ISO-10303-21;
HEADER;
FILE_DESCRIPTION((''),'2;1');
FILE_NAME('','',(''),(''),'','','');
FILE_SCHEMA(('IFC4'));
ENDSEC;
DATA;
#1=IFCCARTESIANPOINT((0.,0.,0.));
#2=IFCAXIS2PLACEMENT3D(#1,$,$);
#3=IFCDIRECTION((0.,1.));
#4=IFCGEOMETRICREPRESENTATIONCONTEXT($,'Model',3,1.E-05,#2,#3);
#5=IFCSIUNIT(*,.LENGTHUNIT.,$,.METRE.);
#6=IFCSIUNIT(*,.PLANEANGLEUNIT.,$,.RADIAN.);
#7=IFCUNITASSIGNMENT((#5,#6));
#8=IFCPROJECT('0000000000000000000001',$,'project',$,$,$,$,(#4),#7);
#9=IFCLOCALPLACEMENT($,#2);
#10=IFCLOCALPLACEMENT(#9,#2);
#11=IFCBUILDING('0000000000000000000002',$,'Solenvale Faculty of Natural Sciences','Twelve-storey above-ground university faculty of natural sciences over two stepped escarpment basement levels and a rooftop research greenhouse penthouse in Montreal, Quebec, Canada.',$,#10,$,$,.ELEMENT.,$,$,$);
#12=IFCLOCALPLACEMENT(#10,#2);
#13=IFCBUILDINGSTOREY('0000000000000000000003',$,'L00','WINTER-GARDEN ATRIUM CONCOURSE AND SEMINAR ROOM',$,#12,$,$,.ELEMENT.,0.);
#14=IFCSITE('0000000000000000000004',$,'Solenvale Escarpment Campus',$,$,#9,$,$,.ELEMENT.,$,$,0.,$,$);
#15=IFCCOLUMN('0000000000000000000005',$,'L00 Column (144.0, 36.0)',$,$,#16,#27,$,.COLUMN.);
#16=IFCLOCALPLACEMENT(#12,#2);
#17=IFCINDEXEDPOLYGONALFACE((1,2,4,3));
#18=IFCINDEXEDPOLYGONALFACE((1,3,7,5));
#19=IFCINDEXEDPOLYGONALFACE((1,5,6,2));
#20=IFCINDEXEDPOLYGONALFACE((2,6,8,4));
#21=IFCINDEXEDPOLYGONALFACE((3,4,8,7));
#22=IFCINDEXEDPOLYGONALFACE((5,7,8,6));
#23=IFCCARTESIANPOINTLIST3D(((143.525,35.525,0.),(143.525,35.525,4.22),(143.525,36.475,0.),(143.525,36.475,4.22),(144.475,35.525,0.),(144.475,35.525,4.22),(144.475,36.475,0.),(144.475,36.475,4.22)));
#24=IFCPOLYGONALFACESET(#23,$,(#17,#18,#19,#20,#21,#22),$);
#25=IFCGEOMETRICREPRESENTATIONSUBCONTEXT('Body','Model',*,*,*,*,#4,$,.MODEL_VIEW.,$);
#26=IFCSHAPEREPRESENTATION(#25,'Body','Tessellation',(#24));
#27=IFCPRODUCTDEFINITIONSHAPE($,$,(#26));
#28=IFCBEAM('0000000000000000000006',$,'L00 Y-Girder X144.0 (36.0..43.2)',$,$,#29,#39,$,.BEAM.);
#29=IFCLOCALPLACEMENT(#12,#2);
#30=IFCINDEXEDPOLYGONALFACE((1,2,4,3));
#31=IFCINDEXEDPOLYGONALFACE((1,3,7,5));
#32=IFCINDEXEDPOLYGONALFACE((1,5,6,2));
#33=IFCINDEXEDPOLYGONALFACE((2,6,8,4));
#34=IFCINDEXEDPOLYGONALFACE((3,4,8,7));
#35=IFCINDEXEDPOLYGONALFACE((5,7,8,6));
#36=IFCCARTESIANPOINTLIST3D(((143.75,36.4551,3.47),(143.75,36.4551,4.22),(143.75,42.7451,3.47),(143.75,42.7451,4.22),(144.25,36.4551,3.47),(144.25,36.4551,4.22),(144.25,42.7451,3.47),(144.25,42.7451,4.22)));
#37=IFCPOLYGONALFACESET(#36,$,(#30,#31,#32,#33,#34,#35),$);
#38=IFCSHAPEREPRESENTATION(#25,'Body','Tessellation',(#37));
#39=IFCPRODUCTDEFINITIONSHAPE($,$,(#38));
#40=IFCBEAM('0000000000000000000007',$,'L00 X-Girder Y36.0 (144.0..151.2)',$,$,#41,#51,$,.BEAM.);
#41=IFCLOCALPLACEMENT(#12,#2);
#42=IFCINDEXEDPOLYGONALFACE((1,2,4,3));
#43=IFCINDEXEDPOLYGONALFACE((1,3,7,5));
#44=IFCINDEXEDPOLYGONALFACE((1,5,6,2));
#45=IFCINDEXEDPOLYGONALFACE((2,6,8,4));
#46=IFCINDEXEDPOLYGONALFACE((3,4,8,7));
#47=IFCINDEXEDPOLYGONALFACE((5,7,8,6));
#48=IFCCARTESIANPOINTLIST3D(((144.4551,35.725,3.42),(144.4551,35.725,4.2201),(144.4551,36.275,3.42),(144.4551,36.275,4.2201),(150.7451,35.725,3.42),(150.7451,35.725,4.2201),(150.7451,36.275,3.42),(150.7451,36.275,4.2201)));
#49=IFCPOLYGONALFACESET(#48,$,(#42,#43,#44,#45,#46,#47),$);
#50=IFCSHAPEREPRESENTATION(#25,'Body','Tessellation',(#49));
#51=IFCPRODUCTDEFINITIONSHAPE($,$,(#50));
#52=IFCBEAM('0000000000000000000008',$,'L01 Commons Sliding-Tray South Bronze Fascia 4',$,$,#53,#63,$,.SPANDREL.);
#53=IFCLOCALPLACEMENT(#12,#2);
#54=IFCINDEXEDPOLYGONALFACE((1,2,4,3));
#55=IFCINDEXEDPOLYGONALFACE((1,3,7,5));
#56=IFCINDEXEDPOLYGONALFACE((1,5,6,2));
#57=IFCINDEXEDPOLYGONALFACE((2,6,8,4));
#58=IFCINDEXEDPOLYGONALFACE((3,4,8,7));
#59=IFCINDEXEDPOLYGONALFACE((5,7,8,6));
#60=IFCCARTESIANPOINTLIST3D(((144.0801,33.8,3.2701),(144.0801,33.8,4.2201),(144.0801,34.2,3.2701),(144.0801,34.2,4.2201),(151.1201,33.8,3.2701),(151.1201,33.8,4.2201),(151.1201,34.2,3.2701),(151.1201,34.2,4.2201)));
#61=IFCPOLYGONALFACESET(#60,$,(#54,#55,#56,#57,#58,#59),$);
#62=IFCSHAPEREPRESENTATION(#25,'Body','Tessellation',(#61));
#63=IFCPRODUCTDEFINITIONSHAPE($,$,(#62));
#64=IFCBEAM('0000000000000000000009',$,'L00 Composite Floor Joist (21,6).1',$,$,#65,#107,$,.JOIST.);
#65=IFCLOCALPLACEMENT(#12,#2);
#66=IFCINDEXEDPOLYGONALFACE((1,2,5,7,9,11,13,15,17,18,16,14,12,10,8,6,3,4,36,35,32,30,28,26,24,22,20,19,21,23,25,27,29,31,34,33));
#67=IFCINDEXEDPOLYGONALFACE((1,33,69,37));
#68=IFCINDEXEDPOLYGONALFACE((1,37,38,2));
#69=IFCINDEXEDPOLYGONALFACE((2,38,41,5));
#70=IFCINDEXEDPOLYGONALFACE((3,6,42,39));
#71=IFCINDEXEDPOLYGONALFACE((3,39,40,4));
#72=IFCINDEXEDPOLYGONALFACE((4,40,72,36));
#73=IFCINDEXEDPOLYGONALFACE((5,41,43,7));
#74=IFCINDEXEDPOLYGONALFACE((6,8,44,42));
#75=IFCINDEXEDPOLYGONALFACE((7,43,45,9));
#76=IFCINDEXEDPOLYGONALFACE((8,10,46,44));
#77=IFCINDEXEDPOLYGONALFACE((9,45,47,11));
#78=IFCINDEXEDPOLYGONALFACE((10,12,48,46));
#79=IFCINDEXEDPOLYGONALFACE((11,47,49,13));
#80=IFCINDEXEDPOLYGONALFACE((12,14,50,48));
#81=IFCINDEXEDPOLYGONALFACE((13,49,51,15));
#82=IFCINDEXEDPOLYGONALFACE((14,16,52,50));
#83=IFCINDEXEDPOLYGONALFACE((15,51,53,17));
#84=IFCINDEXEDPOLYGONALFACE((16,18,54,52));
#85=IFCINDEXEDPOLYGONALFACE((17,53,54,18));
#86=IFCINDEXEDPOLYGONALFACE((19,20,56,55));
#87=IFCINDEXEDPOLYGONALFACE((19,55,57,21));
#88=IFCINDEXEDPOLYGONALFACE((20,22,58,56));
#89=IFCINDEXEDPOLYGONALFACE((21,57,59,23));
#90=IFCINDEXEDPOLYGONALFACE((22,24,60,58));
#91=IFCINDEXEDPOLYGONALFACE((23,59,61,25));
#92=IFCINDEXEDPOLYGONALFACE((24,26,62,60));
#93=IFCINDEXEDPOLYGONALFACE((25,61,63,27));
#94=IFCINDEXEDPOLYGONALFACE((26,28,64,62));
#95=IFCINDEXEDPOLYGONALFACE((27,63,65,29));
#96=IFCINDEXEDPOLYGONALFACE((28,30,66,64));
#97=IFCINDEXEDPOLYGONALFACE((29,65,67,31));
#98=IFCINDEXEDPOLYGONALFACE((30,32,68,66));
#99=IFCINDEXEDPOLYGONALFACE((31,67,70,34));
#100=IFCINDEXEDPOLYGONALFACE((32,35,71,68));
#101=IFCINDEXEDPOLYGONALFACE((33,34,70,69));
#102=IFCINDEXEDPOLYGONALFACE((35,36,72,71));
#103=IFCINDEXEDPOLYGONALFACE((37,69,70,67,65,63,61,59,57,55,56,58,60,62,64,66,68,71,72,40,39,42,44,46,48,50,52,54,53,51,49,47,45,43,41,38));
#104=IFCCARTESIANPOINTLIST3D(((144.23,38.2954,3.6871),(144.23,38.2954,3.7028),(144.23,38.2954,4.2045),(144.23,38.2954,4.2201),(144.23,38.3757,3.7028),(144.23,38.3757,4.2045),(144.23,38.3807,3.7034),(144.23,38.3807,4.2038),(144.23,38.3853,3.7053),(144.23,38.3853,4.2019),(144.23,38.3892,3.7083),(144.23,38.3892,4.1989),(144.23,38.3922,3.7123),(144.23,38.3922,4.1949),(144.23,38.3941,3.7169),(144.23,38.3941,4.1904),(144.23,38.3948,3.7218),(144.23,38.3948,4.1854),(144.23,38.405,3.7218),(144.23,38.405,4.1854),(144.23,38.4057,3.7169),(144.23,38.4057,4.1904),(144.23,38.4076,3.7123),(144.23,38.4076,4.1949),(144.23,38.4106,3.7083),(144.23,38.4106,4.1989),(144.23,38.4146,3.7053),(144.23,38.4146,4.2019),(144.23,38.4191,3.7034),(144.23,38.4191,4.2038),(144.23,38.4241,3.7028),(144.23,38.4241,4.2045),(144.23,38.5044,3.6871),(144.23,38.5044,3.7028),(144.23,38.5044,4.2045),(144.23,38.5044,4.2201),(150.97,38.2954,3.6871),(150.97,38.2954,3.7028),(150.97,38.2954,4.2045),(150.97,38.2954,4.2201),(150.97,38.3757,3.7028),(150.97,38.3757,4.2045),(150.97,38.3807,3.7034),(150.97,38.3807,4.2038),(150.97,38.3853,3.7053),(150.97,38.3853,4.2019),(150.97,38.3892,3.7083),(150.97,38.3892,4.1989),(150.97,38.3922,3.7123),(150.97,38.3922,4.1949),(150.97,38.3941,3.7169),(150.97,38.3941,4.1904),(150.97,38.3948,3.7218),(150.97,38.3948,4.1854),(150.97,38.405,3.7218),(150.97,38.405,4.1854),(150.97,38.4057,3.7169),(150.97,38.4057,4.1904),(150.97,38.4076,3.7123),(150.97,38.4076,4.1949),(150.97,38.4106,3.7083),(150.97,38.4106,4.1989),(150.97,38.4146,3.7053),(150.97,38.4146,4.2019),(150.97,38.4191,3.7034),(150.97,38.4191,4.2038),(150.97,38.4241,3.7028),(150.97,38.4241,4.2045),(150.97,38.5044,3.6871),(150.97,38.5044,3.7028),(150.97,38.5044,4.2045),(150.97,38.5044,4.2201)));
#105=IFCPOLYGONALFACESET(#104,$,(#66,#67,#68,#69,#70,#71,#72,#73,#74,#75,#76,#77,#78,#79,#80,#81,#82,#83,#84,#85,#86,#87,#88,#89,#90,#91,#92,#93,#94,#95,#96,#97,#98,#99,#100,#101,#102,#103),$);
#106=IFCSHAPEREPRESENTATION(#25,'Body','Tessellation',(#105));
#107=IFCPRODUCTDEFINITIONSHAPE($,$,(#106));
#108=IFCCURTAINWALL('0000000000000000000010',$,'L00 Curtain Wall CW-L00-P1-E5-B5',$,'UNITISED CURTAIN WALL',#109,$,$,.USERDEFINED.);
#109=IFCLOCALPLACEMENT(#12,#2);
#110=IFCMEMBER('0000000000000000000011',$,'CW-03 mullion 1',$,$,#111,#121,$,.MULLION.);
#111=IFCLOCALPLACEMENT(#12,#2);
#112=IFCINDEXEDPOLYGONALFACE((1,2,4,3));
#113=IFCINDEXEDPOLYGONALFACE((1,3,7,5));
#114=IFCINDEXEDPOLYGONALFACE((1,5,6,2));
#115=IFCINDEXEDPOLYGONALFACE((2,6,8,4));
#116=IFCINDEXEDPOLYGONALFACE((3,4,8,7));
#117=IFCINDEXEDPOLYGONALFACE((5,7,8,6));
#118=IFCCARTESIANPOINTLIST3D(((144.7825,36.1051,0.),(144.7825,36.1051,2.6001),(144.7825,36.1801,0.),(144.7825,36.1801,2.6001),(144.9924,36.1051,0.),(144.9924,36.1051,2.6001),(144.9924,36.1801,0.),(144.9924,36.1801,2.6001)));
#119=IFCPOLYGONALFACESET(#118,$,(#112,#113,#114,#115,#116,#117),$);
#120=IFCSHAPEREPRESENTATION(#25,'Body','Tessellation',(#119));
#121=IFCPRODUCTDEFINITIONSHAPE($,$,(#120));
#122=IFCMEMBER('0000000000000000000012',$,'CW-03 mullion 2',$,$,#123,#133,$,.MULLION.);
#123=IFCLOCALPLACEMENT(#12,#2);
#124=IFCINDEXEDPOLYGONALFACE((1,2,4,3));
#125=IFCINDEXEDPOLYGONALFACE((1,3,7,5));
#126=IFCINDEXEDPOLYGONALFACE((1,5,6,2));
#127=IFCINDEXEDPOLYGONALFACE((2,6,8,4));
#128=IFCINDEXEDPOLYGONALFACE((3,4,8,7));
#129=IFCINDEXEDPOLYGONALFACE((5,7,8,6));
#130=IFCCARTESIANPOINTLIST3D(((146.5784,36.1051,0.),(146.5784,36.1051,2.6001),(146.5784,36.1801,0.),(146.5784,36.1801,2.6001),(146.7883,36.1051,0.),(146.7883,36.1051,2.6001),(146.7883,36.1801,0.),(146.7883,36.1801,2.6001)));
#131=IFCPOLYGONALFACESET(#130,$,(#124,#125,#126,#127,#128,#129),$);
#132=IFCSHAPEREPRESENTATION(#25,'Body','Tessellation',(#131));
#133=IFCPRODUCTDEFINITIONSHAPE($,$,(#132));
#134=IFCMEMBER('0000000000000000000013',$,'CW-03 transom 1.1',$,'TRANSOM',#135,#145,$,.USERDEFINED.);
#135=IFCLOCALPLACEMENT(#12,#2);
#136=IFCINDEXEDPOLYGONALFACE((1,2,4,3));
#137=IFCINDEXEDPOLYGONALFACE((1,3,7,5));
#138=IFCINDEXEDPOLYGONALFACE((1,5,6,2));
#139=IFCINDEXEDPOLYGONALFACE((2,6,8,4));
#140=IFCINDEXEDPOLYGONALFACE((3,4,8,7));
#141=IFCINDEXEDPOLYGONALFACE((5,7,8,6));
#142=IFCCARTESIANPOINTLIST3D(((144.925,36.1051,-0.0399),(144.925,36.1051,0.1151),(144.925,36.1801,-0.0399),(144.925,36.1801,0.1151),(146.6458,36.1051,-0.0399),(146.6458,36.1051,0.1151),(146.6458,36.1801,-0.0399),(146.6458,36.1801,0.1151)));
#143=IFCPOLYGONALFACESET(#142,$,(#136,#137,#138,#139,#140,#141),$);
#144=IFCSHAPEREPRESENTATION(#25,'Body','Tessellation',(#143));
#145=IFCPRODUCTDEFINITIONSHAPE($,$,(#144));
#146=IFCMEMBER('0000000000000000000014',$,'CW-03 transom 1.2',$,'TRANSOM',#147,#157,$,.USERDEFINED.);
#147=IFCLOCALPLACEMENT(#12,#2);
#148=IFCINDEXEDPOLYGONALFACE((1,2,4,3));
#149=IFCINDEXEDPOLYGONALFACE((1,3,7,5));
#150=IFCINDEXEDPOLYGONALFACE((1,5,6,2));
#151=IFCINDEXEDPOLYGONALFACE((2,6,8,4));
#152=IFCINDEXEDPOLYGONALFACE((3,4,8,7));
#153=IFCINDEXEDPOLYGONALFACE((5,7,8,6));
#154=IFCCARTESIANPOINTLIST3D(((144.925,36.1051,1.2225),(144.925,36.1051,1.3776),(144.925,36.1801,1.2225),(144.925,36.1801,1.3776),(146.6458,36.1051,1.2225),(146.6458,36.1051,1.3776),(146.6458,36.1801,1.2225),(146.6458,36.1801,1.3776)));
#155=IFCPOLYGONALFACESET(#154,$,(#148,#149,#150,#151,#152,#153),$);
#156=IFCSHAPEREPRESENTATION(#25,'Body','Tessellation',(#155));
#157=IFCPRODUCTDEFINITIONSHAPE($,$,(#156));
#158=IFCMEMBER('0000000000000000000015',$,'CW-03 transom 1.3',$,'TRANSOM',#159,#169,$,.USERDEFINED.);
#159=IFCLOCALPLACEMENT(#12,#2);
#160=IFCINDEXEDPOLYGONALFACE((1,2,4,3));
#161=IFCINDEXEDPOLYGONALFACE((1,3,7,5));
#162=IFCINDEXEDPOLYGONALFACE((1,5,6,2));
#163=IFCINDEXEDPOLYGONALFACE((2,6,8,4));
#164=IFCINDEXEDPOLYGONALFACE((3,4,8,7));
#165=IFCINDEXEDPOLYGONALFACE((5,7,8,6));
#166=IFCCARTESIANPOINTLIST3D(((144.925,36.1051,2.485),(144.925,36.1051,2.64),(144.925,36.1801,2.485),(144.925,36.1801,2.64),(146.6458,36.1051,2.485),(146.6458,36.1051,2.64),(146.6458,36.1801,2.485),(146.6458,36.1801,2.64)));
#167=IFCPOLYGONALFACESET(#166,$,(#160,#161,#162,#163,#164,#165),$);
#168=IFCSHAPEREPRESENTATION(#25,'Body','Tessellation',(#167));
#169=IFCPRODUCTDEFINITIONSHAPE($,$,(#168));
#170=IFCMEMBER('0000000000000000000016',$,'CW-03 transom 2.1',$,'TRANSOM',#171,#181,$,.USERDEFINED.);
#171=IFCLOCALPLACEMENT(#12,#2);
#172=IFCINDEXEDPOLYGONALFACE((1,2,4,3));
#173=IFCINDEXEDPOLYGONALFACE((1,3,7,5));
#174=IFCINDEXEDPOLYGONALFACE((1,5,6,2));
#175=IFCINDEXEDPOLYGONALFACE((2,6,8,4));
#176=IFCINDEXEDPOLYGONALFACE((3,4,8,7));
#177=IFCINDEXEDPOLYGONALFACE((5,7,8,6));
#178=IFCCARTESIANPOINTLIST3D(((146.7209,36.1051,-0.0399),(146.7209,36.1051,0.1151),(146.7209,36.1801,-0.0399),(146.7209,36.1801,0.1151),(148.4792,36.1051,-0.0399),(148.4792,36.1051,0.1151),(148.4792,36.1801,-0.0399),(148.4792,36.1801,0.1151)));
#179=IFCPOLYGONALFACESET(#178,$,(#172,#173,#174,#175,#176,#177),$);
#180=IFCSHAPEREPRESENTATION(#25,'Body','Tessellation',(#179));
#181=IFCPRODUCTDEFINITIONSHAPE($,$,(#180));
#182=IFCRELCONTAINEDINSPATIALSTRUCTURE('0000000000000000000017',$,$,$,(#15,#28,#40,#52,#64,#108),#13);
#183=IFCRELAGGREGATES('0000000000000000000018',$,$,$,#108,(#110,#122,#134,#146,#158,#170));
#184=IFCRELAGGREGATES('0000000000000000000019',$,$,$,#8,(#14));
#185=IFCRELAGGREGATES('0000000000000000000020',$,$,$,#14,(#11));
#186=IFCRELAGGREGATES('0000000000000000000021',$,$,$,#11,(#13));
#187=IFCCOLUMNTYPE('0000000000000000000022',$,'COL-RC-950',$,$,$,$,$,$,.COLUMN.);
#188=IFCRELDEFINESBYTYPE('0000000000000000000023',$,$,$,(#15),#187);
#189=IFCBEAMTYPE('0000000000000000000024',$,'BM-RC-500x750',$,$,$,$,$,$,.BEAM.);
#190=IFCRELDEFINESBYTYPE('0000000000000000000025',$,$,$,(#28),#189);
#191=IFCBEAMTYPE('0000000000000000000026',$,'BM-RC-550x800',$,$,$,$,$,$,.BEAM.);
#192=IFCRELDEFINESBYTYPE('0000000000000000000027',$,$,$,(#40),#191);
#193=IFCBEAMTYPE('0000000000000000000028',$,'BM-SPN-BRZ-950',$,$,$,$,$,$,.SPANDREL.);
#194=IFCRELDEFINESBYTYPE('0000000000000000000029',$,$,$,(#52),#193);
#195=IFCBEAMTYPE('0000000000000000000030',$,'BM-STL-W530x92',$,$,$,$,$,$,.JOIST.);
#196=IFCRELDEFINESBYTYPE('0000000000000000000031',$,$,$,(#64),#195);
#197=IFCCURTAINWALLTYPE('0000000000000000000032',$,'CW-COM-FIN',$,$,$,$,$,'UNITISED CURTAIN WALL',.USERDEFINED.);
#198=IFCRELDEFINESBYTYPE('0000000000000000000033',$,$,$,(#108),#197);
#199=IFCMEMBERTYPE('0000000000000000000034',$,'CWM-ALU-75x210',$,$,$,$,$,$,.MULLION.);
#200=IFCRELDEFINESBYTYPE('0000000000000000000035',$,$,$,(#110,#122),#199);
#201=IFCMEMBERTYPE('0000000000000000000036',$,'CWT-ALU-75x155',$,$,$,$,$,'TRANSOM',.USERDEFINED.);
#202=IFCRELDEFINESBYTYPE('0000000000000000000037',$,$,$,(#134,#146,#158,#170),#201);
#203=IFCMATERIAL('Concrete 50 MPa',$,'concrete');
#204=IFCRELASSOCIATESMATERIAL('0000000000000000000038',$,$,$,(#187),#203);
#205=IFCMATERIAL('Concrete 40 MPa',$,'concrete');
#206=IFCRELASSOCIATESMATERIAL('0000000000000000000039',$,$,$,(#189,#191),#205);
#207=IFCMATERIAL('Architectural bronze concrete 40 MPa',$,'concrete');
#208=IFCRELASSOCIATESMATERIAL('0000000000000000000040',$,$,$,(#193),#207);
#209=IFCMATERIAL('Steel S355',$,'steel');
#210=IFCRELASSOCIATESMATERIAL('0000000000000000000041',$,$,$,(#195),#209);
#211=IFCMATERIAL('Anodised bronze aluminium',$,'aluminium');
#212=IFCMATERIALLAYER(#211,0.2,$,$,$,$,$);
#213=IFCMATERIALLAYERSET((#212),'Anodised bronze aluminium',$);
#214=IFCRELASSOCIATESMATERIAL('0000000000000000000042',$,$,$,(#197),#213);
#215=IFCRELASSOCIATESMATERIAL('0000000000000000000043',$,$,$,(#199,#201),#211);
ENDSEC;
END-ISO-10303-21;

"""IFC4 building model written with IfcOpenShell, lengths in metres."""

from ifc_helpers import new_model, si_unit, direction, frame, origin, origin_2d, place, context, subcontext, project, spatial, rectangle, i_section, extrude, material, layer, layer_set, material_profile, profile_set, type_object, element, aggregate, save


model = new_model("IFC4")

# Units and contexts
model_context = context("Model", 3, precision=1e-05, world=origin(), true_north=direction((0.0, 1.0)))
body_context = subcontext(model_context, "Body", "Model", "MODEL_VIEW")
ifc_project = project(units=[si_unit("LENGTHUNIT", "METRE"), si_unit("PLANEANGLEUNIT", "RADIAN")], contexts=[model_context])

# Site, building, storey
site_placement = place(None, origin())
site = spatial("IfcSite", under=ifc_project, at=site_placement, Name="Solenvale Escarpment Campus", CompositionType="ELEMENT", RefElevation=0.0)
building_placement = place(site_placement, origin())
building = spatial("IfcBuilding", under=site, at=building_placement, Name="Solenvale Faculty of Natural Sciences", Description="Twelve-storey above-ground university faculty of natural sciences over two stepped escarpment basement levels and a rooftop research greenhouse penthouse in Montreal, Quebec, Canada.", CompositionType="ELEMENT")
storey_placement = place(building_placement, origin())
storey = spatial("IfcBuildingStorey", under=building, at=storey_placement, Name="L00", Description="WINTER-GARDEN ATRIUM CONCOURSE AND SEMINAR ROOM", CompositionType="ELEMENT", Elevation=0.0)

# Column
ifc_material_1 = material(Name="Concrete 50 MPa", Category="concrete")
ifc_material_profile_1 = material_profile(ifc_material_1, rectangle(XDim=0.95, YDim=0.95, at=origin_2d()), Name="RC-COL-950x950")
ifc_profile_set_1 = profile_set([ifc_material_profile_1], Name="Concrete 50 MPa")
column_type = type_object("IfcColumnType", Name="COL-RC-950", PredefinedType="COLUMN", material=ifc_profile_set_1)
column_placement = place(storey_placement, frame((144.0, 36.0, 0.0), z_axis=(0.0, 0.0, 1.0), x_axis=(1.0, 0.0, 0.0)))
element("IfcColumn", 1, at=column_placement, inside=storey, type_object=column_type, Name="L00 Column (144.0, 36.0)", PredefinedType="COLUMN", context=body_context, shape_type="SweptSolid", body=[
    extrude(rectangle(XDim=0.95, YDim=0.95, at=origin_2d()), origin(), (0.0, 0.0, 1.0), 4.22),
])

# Beams
ifc_material_2 = material(Name="Concrete 40 MPa", Category="concrete")
ifc_material_profile_2 = material_profile(ifc_material_2, rectangle(XDim=0.5, YDim=0.75, at=origin_2d()), Name="RC-BM-500x750")
ifc_profile_set_2 = profile_set([ifc_material_profile_2], Name="Concrete 40 MPa")
beam_type_1 = type_object("IfcBeamType", Name="BM-RC-500x750", PredefinedType="BEAM", material=ifc_profile_set_2)
beam_1_placement = place(storey_placement, frame((144.0, 36.4551, 3.845), z_axis=(0.0, 1.0, 0.0), x_axis=(-1.0, 0.0, 0.0)))
element("IfcBeam", 2, at=beam_1_placement, inside=storey, type_object=beam_type_1, Name="L00 Y-Girder X144.0 (36.0..43.2)", PredefinedType="BEAM", context=body_context, shape_type="SweptSolid", body=[
    extrude(rectangle(XDim=0.5, YDim=0.75, at=origin_2d()), origin(), (0.0, 0.0, 1.0), 6.29),
])
ifc_material_profile_3 = material_profile(ifc_material_2, rectangle(XDim=0.55, YDim=0.8, at=origin_2d()), Name="RC-BM-550x800")
ifc_profile_set_3 = profile_set([ifc_material_profile_3], Name="Concrete 40 MPa")
beam_type_2 = type_object("IfcBeamType", Name="BM-RC-550x800", PredefinedType="BEAM", material=ifc_profile_set_3)
beam_2_placement = place(storey_placement, frame((144.4551, 36.0, 3.8201), z_axis=(1.0, 0.0, 0.0), x_axis=(0.0, 1.0, 0.0)))
element("IfcBeam", 3, at=beam_2_placement, inside=storey, type_object=beam_type_2, Name="L00 X-Girder Y36.0 (144.0..151.2)", PredefinedType="BEAM", context=body_context, shape_type="SweptSolid", body=[
    extrude(rectangle(XDim=0.55, YDim=0.8, at=origin_2d()), origin(), (0.0, 0.0, 1.0), 6.29),
])
ifc_material_3 = material(Name="Architectural bronze concrete 40 MPa", Category="concrete")
ifc_material_profile_4 = material_profile(ifc_material_3, rectangle(XDim=0.3999, YDim=0.95, at=origin_2d()), Name="RC-SPN-400x950")
ifc_profile_set_4 = profile_set([ifc_material_profile_4], Name="Architectural bronze concrete 40 MPa")
beam_type_3 = type_object("IfcBeamType", Name="BM-SPN-BRZ-950", PredefinedType="SPANDREL", material=ifc_profile_set_4)
beam_3_placement = place(storey_placement, frame((144.0801, 34.0, 3.7451), z_axis=(1.0, 0.0, 0.0), x_axis=(0.0, 1.0, 0.0)))
element("IfcBeam", 4, at=beam_3_placement, inside=storey, type_object=beam_type_3, Name="L01 Commons Sliding-Tray South Bronze Fascia 4", PredefinedType="SPANDREL", context=body_context, shape_type="SweptSolid", body=[
    extrude(rectangle(XDim=0.3999, YDim=0.95, at=origin_2d()), origin(), (0.0, 0.0, 1.0), 7.04),
])
ifc_material_4 = material(Name="Steel S355", Category="steel")
ifc_material_profile_5 = material_profile(ifc_material_4, i_section(OverallWidth=0.209, OverallDepth=0.533, WebThickness=0.0103, FlangeThickness=0.0156, FilletRadius=0.019, at=origin_2d()), Name="W530x92")
ifc_profile_set_5 = profile_set([ifc_material_profile_5], Name="Steel S355")
beam_type_4 = type_object("IfcBeamType", Name="BM-STL-W530x92", PredefinedType="JOIST", material=ifc_profile_set_5)
beam_4_placement = place(storey_placement, frame((144.23, 38.3999, 3.9536), z_axis=(1.0, 0.0, 0.0), x_axis=(0.0, 1.0, 0.0)))
element("IfcBeam", 5, at=beam_4_placement, inside=storey, type_object=beam_type_4, Name="L00 Composite Floor Joist (21,6).1", PredefinedType="JOIST", context=body_context, shape_type="SweptSolid", body=[
    extrude(i_section(OverallWidth=0.209, OverallDepth=0.533, WebThickness=0.0103, FlangeThickness=0.0156, FilletRadius=0.019, at=origin_2d()), origin(), (0.0, 0.0, 1.0), 6.74),
])

# Curtain wall, members
ifc_material_5 = material(Name="Anodised bronze aluminium", Category="aluminium")
ifc_layer_1 = layer(ifc_material_5, 0.2)
ifc_layer_set_1 = layer_set([ifc_layer_1], Name="Anodised bronze aluminium")
curtain_wall_type = type_object("IfcCurtainWallType", Name="CW-COM-FIN", ElementType="UNITISED CURTAIN WALL", PredefinedType="USERDEFINED", material=ifc_layer_set_1)
curtain_wall_placement = place(storey_placement, origin())
curtain_wall = element("IfcCurtainWall", 6, at=curtain_wall_placement, inside=storey, type_object=curtain_wall_type, Name="L00 Curtain Wall CW-L00-P1-E5-B5", ObjectType="UNITISED CURTAIN WALL", PredefinedType="USERDEFINED")
ifc_material_profile_6 = material_profile(ifc_material_5, rectangle(XDim=0.075, YDim=0.21, at=origin_2d()), Name="ALU-MUL-75x210")
ifc_profile_set_6 = profile_set([ifc_material_profile_6], Name="Anodised bronze aluminium")
member_type_1 = type_object("IfcMemberType", Name="CWM-ALU-75x210", PredefinedType="MULLION", material=ifc_profile_set_6)
member_1_placement = place(storey_placement, frame((144.8875, 36.1426, 0.0), z_axis=(0.0, 0.0, 1.0), x_axis=(0.0, 1.0, 0.0)))
member_1 = element("IfcMember", 7, at=member_1_placement, type_object=member_type_1, Name="CW-03 mullion 1", PredefinedType="MULLION", context=body_context, shape_type="SweptSolid", body=[
    extrude(rectangle(XDim=0.075, YDim=0.21, at=origin_2d()), origin(), (0.0, 0.0, 1.0), 2.6001),
])
member_2_placement = place(storey_placement, frame((146.6833, 36.1426, 0.0), z_axis=(0.0, 0.0, 1.0), x_axis=(0.0, 1.0, 0.0)))
member_2 = element("IfcMember", 8, at=member_2_placement, type_object=member_type_1, Name="CW-03 mullion 2", PredefinedType="MULLION", context=body_context, shape_type="SweptSolid", body=[
    extrude(rectangle(XDim=0.075, YDim=0.21, at=origin_2d()), origin(), (0.0, 0.0, 1.0), 2.6001),
])
ifc_material_profile_7 = material_profile(ifc_material_5, rectangle(XDim=0.075, YDim=0.155, at=origin_2d()), Name="ALU-TRN-75x155")
ifc_profile_set_7 = profile_set([ifc_material_profile_7], Name="Anodised bronze aluminium")
member_type_2 = type_object("IfcMemberType", Name="CWT-ALU-75x155", ElementType="TRANSOM", PredefinedType="USERDEFINED", material=ifc_profile_set_7)
member_3_placement = place(storey_placement, frame((144.925, 36.1426, 0.0376), z_axis=(1.0, 0.0, 0.0), x_axis=(0.0, 1.0, 0.0)))
member_3 = element("IfcMember", 9, at=member_3_placement, type_object=member_type_2, Name="CW-03 transom 1.1", ObjectType="TRANSOM", PredefinedType="USERDEFINED", context=body_context, shape_type="SweptSolid", body=[
    extrude(rectangle(XDim=0.075, YDim=0.155, at=origin_2d()), origin(), (0.0, 0.0, 1.0), 1.7207),
])
member_4_placement = place(storey_placement, frame((144.925, 36.1426, 1.3), z_axis=(1.0, 0.0, 0.0), x_axis=(0.0, 1.0, 0.0)))
member_4 = element("IfcMember", 10, at=member_4_placement, type_object=member_type_2, Name="CW-03 transom 1.2", ObjectType="TRANSOM", PredefinedType="USERDEFINED", context=body_context, shape_type="SweptSolid", body=[
    extrude(rectangle(XDim=0.075, YDim=0.155, at=origin_2d()), origin(), (0.0, 0.0, 1.0), 1.7207),
])
member_5_placement = place(storey_placement, frame((144.925, 36.1426, 2.5625), z_axis=(1.0, 0.0, 0.0), x_axis=(0.0, 1.0, 0.0)))
member_5 = element("IfcMember", 11, at=member_5_placement, type_object=member_type_2, Name="CW-03 transom 1.3", ObjectType="TRANSOM", PredefinedType="USERDEFINED", context=body_context, shape_type="SweptSolid", body=[
    extrude(rectangle(XDim=0.075, YDim=0.155, at=origin_2d()), origin(), (0.0, 0.0, 1.0), 1.7207),
])
member_6_placement = place(storey_placement, frame((146.7209, 36.1426, 0.0376), z_axis=(1.0, 0.0, 0.0), x_axis=(0.0, 1.0, 0.0)))
member_6 = element("IfcMember", 12, at=member_6_placement, type_object=member_type_2, Name="CW-03 transom 2.1", ObjectType="TRANSOM", PredefinedType="USERDEFINED", context=body_context, shape_type="SweptSolid", body=[
    extrude(rectangle(XDim=0.075, YDim=0.155, at=origin_2d()), origin(), (0.0, 0.0, 1.0), 1.7583),
])
aggregate(curtain_wall, [member_1, member_2, member_3, member_4, member_5, member_6])

save(model, "model.ifc")
